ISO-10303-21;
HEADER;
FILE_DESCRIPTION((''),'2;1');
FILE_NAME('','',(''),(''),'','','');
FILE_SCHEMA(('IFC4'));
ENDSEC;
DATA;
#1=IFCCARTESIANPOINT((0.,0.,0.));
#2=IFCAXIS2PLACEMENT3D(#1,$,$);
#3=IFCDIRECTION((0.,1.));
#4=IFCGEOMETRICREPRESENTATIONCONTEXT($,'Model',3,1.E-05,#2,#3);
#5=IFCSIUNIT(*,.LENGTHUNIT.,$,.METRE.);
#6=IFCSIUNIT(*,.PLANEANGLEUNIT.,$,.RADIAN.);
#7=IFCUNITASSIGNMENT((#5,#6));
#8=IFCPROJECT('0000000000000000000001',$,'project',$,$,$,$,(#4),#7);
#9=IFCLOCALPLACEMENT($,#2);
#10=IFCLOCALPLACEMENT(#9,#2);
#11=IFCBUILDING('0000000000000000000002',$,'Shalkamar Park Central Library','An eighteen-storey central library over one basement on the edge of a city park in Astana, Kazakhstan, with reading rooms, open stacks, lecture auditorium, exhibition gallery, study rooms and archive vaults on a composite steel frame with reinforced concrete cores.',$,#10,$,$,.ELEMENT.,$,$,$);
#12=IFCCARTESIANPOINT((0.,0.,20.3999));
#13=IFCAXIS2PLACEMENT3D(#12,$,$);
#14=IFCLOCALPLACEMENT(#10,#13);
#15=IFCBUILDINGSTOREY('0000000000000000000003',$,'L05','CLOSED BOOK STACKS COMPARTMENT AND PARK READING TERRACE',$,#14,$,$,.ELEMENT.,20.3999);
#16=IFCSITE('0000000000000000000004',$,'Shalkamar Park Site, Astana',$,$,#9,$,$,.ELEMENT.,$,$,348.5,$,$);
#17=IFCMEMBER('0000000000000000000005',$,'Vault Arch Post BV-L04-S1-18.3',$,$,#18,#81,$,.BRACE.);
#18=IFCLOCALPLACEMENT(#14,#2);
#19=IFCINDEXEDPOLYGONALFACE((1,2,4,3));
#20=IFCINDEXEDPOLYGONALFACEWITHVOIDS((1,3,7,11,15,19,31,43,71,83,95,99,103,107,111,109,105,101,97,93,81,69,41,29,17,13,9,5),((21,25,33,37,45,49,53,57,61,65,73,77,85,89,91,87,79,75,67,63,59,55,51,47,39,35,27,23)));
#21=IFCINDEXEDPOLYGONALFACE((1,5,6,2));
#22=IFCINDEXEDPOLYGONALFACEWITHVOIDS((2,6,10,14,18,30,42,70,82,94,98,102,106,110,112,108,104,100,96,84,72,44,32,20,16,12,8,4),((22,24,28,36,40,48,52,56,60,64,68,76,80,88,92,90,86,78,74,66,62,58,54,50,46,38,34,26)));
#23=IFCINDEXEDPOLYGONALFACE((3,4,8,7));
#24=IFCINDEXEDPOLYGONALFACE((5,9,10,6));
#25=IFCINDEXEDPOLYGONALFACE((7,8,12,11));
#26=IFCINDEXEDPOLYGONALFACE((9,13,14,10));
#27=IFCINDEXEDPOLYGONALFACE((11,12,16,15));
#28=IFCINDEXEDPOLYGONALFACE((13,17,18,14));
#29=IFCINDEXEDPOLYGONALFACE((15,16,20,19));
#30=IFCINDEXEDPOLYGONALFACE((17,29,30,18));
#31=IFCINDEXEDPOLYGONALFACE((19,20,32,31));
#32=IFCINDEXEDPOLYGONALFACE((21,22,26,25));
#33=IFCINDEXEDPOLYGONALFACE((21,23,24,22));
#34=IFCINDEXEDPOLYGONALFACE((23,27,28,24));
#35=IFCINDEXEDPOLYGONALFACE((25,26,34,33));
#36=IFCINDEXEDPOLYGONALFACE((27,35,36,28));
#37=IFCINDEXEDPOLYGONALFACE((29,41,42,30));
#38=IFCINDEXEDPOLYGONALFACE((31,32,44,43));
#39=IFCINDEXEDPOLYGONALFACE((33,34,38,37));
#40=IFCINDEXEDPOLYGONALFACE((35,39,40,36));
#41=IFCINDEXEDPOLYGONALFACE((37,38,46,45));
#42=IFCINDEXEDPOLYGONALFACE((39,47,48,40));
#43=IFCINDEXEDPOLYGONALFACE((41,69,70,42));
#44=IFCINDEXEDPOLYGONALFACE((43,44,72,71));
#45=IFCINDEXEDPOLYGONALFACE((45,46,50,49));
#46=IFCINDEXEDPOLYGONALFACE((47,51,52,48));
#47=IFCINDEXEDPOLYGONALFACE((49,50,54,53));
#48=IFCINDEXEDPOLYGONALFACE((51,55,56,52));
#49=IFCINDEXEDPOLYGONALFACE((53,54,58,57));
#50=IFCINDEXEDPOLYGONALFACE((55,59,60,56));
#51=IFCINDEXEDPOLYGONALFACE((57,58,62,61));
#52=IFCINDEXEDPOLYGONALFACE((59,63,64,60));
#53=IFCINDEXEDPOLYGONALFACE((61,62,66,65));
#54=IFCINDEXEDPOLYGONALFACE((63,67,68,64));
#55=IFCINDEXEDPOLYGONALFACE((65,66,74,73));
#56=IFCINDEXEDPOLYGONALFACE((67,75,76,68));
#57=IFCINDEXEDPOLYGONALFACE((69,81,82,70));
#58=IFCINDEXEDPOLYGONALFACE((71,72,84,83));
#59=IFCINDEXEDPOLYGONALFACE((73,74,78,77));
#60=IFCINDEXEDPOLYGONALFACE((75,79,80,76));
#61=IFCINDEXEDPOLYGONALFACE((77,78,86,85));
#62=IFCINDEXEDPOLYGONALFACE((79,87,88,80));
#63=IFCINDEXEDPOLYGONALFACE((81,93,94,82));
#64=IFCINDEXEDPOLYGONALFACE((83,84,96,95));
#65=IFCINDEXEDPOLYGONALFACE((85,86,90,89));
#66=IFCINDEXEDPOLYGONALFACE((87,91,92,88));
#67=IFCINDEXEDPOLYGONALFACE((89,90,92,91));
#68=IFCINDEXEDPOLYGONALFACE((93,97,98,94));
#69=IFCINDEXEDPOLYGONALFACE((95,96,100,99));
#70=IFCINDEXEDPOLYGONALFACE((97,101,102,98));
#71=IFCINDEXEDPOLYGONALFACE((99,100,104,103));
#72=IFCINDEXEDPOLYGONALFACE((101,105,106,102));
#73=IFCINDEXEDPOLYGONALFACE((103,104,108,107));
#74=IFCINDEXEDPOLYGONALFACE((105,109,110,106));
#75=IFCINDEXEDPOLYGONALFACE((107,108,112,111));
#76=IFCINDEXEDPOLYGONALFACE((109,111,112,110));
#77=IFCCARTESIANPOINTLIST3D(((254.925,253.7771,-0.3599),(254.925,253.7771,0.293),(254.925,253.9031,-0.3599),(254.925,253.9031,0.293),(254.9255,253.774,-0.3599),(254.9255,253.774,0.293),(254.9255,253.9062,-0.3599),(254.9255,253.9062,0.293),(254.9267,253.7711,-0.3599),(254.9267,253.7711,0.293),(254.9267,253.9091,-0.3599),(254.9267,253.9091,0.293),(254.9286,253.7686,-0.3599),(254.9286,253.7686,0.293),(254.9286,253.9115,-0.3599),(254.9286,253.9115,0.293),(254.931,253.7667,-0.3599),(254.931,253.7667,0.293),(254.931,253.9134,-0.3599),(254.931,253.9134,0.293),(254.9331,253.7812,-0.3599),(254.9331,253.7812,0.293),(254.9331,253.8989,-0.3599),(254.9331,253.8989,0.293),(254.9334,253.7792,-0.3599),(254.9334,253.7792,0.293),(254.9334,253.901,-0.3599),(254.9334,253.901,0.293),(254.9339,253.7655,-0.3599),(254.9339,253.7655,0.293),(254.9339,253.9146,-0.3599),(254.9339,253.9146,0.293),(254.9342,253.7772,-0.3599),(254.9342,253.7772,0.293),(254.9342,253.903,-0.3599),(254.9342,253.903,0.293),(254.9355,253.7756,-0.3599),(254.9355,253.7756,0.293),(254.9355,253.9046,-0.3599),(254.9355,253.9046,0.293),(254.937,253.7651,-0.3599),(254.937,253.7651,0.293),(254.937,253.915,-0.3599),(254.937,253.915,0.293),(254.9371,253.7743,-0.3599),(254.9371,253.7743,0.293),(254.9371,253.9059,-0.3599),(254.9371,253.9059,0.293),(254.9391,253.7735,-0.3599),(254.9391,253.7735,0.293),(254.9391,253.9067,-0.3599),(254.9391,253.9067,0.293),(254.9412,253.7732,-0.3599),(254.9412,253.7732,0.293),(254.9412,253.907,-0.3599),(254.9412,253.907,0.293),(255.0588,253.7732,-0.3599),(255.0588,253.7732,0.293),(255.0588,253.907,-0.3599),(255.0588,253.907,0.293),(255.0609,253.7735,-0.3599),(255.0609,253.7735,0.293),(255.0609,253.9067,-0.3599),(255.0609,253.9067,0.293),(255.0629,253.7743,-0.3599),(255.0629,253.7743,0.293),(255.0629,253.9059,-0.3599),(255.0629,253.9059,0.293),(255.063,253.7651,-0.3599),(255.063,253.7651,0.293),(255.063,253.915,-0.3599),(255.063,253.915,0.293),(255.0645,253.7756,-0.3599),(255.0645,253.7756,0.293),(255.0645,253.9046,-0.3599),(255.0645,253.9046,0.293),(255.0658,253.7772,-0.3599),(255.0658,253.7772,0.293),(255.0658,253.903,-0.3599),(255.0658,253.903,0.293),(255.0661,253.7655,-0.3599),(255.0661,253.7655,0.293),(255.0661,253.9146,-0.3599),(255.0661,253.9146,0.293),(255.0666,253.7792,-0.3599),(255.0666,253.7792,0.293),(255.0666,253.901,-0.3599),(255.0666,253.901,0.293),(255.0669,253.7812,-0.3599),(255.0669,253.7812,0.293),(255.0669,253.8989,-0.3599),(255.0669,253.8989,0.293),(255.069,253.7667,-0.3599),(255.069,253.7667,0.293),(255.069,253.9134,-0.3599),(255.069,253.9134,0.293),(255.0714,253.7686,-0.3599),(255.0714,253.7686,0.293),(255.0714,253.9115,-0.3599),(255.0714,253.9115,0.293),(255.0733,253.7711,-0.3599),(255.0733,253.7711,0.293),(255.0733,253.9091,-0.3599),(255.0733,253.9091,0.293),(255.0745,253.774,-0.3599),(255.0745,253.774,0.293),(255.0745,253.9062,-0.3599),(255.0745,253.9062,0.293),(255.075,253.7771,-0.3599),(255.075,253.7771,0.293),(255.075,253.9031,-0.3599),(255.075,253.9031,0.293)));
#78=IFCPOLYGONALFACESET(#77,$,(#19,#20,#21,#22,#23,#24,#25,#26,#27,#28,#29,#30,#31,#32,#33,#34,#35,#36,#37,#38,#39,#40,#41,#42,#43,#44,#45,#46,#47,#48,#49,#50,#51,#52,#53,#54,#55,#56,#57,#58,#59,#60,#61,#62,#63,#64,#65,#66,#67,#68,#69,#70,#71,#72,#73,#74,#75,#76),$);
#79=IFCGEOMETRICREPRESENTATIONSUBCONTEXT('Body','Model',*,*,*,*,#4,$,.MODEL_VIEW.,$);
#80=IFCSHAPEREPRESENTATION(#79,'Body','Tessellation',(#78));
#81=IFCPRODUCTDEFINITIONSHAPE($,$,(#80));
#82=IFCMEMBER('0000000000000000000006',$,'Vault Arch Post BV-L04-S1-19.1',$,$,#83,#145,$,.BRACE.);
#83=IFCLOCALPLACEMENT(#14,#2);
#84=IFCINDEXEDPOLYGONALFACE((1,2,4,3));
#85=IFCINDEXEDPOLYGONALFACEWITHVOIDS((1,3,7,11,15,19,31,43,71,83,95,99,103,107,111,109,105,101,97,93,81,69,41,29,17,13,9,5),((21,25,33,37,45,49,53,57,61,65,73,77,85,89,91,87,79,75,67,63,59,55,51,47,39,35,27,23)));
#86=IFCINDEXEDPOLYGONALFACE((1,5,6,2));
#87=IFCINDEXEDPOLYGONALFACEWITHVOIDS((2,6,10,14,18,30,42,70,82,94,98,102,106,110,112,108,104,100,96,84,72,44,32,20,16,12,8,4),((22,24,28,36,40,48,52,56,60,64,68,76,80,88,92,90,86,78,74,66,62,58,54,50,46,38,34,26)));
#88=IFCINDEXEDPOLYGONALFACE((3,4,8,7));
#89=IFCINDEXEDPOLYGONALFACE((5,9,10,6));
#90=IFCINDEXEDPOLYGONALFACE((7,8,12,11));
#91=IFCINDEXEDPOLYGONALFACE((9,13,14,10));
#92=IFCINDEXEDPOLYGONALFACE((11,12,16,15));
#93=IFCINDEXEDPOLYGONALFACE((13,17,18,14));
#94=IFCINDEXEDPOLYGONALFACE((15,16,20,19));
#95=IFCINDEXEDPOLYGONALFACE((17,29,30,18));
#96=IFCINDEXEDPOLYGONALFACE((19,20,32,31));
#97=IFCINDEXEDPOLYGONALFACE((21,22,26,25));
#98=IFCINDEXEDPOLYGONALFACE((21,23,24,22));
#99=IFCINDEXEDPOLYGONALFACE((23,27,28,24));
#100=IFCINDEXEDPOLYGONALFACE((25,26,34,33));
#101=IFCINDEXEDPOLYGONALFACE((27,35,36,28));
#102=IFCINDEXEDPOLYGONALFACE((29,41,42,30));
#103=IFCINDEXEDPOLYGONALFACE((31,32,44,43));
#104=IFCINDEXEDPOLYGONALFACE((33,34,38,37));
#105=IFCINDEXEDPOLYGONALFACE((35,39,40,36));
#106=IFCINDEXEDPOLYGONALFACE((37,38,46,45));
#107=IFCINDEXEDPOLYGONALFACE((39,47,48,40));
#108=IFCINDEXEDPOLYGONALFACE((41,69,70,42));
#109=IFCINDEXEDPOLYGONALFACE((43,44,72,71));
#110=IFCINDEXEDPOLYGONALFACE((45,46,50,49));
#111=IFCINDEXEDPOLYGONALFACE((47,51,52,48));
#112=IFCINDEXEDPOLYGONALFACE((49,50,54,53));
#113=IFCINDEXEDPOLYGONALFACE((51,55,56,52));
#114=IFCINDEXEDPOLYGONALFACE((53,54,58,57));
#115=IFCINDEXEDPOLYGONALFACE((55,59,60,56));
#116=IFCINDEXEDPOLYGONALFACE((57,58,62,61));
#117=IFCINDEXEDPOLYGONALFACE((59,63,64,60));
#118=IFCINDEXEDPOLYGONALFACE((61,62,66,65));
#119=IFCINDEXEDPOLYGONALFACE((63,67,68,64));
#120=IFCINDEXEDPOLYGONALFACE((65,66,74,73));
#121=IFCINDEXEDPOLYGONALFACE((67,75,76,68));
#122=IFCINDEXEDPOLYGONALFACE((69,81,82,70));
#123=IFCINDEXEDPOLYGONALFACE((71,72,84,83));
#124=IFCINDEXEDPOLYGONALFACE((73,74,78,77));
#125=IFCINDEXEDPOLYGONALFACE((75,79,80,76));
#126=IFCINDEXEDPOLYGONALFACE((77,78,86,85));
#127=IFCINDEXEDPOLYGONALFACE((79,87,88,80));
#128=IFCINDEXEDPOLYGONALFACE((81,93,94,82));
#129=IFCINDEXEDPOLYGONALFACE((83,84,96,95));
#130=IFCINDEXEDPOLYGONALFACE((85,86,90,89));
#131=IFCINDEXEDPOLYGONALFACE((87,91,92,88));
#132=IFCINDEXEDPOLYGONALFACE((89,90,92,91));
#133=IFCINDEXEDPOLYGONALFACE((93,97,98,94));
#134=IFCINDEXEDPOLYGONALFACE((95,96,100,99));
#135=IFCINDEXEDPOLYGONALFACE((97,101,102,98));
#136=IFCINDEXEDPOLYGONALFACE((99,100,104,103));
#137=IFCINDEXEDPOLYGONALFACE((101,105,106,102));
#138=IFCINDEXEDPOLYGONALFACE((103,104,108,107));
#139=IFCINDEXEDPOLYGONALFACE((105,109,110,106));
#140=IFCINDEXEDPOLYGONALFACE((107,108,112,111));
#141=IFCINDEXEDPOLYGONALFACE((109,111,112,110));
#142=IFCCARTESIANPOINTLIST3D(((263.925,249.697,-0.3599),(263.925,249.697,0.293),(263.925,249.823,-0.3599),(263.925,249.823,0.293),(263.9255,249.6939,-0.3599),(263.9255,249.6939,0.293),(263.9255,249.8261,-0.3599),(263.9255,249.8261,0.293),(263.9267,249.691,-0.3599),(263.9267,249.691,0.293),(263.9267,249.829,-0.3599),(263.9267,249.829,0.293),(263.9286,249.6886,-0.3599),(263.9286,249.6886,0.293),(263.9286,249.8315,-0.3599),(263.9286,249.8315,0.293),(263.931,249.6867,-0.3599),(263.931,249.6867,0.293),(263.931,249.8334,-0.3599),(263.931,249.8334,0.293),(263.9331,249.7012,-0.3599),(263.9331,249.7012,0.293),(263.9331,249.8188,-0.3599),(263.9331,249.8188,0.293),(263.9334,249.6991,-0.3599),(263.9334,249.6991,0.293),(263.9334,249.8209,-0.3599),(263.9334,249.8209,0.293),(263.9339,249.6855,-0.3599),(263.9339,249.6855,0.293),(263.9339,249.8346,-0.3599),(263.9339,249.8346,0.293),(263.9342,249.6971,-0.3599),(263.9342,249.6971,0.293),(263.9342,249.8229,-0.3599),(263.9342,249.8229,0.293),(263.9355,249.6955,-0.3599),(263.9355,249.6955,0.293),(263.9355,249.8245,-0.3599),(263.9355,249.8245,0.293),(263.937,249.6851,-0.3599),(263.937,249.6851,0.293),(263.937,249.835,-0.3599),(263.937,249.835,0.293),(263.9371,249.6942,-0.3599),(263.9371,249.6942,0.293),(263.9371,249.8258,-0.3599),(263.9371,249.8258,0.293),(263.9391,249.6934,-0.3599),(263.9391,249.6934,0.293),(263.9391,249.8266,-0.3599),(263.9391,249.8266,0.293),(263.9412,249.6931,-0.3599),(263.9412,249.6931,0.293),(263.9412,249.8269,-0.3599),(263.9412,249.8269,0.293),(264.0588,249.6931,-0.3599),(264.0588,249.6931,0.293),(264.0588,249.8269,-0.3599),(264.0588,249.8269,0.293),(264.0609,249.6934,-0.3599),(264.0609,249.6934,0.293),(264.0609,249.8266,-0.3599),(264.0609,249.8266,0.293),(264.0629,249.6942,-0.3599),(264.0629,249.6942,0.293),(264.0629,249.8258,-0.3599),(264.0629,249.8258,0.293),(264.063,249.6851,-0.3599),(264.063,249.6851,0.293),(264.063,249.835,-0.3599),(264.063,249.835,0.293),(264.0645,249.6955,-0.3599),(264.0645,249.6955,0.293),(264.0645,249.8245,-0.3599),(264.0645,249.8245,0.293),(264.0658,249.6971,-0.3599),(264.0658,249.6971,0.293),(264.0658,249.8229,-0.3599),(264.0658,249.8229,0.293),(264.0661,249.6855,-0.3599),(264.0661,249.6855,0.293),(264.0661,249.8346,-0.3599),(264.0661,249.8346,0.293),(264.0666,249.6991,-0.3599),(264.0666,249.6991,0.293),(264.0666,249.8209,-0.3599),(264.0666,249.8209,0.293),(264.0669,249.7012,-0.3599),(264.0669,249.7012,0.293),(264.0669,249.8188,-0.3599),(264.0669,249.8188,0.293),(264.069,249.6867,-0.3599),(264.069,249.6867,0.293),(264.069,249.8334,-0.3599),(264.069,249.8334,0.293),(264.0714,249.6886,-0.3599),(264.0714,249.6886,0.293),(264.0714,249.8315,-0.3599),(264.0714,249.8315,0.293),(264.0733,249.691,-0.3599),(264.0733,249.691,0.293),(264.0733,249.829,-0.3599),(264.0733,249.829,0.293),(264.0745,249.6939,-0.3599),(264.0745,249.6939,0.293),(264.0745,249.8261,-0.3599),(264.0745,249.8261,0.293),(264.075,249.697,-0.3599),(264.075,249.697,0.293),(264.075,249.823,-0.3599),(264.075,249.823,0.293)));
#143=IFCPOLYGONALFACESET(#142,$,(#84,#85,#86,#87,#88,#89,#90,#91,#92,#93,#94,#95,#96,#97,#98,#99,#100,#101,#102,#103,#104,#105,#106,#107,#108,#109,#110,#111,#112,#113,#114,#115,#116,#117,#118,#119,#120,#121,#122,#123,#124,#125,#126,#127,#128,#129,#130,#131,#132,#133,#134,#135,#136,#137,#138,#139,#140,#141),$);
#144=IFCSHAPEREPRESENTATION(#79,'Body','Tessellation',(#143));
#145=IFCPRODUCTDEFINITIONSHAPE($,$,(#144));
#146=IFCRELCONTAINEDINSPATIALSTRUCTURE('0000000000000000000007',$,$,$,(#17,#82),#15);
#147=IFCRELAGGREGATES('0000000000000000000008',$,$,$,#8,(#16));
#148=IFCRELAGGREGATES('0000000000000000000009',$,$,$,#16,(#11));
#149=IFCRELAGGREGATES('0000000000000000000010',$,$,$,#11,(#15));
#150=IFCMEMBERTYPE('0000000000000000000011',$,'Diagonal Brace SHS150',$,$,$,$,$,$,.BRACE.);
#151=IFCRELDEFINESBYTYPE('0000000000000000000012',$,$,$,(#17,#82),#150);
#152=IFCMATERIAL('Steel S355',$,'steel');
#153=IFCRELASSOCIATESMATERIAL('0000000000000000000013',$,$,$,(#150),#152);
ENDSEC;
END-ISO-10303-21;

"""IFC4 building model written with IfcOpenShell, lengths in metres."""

from ifc_helpers import new_model, si_unit, direction, frame, origin, origin_2d, place, context, subcontext, project, spatial, hollow_rectangle, extrude, material, material_profile, profile_set, type_object, element, save


model = new_model("IFC4")

# Units and contexts
model_context = context("Model", 3, precision=1e-05, world=origin(), true_north=direction((0.0, 1.0)))
body_context = subcontext(model_context, "Body", "Model", "MODEL_VIEW")
ifc_project = project(units=[si_unit("LENGTHUNIT", "METRE"), si_unit("PLANEANGLEUNIT", "RADIAN")], contexts=[model_context])

# Site, building, storey
site_placement = place(None, origin())
site = spatial("IfcSite", under=ifc_project, at=site_placement, Name="Shalkamar Park Site, Astana", CompositionType="ELEMENT", RefElevation=348.5)
building_placement = place(site_placement, origin())
building = spatial("IfcBuilding", under=site, at=building_placement, Name="Shalkamar Park Central Library", Description="An eighteen-storey central library over one basement on the edge of a city park in Astana, Kazakhstan, with reading rooms, open stacks, lecture auditorium, exhibition gallery, study rooms and archive vaults on a composite steel frame with reinforced concrete cores.", CompositionType="ELEMENT")
storey_placement = place(building_placement, frame((0.0, 0.0, 20.3999)))
storey = spatial("IfcBuildingStorey", under=building, at=storey_placement, Name="L05", Description="CLOSED BOOK STACKS COMPARTMENT AND PARK READING TERRACE", CompositionType="ELEMENT", Elevation=20.3999)

# Members
ifc_material = material(Name="Steel S355", Category="steel")
ifc_material_profile_1 = material_profile(ifc_material, hollow_rectangle(XDim=0.1499, YDim=0.1499, WallThickness=0.0081, InnerFilletRadius=0.0081, OuterFilletRadius=0.012, at=origin_2d()), Name="SHS 150x150x8")
ifc_profile_set_1 = profile_set([ifc_material_profile_1], Name="Steel S355")
member_type_1 = type_object("IfcMemberType", Name="Diagonal Brace SHS150", PredefinedType="BRACE", material=ifc_profile_set_1)
for number, where, z_axis, x_axis, name in (
    (1, (255.0, 253.8401, -0.3599), (0.0, 0.0, 1.0), (1.0, 0.0, 0.0), "Vault Arch Post BV-L04-S1-18.3"),
    (2, (264.0, 249.76, -0.3599), (0.0, 0.0, 1.0), (1.0, 0.0, 0.0), "Vault Arch Post BV-L04-S1-19.1"),
):
    element("IfcMember", number, at=place(storey_placement, frame(where, z_axis=z_axis, x_axis=x_axis)), inside=storey, type_object=member_type_1, Name=name, PredefinedType="BRACE", context=body_context, shape_type="SweptSolid", body=[
        extrude(hollow_rectangle(XDim=0.1499, YDim=0.1499, WallThickness=0.0081, InnerFilletRadius=0.0081, OuterFilletRadius=0.012, at=origin_2d()), origin(), (0.0, 0.0, 1.0), 0.6528),
    ])

save(model, "model.ifc")
